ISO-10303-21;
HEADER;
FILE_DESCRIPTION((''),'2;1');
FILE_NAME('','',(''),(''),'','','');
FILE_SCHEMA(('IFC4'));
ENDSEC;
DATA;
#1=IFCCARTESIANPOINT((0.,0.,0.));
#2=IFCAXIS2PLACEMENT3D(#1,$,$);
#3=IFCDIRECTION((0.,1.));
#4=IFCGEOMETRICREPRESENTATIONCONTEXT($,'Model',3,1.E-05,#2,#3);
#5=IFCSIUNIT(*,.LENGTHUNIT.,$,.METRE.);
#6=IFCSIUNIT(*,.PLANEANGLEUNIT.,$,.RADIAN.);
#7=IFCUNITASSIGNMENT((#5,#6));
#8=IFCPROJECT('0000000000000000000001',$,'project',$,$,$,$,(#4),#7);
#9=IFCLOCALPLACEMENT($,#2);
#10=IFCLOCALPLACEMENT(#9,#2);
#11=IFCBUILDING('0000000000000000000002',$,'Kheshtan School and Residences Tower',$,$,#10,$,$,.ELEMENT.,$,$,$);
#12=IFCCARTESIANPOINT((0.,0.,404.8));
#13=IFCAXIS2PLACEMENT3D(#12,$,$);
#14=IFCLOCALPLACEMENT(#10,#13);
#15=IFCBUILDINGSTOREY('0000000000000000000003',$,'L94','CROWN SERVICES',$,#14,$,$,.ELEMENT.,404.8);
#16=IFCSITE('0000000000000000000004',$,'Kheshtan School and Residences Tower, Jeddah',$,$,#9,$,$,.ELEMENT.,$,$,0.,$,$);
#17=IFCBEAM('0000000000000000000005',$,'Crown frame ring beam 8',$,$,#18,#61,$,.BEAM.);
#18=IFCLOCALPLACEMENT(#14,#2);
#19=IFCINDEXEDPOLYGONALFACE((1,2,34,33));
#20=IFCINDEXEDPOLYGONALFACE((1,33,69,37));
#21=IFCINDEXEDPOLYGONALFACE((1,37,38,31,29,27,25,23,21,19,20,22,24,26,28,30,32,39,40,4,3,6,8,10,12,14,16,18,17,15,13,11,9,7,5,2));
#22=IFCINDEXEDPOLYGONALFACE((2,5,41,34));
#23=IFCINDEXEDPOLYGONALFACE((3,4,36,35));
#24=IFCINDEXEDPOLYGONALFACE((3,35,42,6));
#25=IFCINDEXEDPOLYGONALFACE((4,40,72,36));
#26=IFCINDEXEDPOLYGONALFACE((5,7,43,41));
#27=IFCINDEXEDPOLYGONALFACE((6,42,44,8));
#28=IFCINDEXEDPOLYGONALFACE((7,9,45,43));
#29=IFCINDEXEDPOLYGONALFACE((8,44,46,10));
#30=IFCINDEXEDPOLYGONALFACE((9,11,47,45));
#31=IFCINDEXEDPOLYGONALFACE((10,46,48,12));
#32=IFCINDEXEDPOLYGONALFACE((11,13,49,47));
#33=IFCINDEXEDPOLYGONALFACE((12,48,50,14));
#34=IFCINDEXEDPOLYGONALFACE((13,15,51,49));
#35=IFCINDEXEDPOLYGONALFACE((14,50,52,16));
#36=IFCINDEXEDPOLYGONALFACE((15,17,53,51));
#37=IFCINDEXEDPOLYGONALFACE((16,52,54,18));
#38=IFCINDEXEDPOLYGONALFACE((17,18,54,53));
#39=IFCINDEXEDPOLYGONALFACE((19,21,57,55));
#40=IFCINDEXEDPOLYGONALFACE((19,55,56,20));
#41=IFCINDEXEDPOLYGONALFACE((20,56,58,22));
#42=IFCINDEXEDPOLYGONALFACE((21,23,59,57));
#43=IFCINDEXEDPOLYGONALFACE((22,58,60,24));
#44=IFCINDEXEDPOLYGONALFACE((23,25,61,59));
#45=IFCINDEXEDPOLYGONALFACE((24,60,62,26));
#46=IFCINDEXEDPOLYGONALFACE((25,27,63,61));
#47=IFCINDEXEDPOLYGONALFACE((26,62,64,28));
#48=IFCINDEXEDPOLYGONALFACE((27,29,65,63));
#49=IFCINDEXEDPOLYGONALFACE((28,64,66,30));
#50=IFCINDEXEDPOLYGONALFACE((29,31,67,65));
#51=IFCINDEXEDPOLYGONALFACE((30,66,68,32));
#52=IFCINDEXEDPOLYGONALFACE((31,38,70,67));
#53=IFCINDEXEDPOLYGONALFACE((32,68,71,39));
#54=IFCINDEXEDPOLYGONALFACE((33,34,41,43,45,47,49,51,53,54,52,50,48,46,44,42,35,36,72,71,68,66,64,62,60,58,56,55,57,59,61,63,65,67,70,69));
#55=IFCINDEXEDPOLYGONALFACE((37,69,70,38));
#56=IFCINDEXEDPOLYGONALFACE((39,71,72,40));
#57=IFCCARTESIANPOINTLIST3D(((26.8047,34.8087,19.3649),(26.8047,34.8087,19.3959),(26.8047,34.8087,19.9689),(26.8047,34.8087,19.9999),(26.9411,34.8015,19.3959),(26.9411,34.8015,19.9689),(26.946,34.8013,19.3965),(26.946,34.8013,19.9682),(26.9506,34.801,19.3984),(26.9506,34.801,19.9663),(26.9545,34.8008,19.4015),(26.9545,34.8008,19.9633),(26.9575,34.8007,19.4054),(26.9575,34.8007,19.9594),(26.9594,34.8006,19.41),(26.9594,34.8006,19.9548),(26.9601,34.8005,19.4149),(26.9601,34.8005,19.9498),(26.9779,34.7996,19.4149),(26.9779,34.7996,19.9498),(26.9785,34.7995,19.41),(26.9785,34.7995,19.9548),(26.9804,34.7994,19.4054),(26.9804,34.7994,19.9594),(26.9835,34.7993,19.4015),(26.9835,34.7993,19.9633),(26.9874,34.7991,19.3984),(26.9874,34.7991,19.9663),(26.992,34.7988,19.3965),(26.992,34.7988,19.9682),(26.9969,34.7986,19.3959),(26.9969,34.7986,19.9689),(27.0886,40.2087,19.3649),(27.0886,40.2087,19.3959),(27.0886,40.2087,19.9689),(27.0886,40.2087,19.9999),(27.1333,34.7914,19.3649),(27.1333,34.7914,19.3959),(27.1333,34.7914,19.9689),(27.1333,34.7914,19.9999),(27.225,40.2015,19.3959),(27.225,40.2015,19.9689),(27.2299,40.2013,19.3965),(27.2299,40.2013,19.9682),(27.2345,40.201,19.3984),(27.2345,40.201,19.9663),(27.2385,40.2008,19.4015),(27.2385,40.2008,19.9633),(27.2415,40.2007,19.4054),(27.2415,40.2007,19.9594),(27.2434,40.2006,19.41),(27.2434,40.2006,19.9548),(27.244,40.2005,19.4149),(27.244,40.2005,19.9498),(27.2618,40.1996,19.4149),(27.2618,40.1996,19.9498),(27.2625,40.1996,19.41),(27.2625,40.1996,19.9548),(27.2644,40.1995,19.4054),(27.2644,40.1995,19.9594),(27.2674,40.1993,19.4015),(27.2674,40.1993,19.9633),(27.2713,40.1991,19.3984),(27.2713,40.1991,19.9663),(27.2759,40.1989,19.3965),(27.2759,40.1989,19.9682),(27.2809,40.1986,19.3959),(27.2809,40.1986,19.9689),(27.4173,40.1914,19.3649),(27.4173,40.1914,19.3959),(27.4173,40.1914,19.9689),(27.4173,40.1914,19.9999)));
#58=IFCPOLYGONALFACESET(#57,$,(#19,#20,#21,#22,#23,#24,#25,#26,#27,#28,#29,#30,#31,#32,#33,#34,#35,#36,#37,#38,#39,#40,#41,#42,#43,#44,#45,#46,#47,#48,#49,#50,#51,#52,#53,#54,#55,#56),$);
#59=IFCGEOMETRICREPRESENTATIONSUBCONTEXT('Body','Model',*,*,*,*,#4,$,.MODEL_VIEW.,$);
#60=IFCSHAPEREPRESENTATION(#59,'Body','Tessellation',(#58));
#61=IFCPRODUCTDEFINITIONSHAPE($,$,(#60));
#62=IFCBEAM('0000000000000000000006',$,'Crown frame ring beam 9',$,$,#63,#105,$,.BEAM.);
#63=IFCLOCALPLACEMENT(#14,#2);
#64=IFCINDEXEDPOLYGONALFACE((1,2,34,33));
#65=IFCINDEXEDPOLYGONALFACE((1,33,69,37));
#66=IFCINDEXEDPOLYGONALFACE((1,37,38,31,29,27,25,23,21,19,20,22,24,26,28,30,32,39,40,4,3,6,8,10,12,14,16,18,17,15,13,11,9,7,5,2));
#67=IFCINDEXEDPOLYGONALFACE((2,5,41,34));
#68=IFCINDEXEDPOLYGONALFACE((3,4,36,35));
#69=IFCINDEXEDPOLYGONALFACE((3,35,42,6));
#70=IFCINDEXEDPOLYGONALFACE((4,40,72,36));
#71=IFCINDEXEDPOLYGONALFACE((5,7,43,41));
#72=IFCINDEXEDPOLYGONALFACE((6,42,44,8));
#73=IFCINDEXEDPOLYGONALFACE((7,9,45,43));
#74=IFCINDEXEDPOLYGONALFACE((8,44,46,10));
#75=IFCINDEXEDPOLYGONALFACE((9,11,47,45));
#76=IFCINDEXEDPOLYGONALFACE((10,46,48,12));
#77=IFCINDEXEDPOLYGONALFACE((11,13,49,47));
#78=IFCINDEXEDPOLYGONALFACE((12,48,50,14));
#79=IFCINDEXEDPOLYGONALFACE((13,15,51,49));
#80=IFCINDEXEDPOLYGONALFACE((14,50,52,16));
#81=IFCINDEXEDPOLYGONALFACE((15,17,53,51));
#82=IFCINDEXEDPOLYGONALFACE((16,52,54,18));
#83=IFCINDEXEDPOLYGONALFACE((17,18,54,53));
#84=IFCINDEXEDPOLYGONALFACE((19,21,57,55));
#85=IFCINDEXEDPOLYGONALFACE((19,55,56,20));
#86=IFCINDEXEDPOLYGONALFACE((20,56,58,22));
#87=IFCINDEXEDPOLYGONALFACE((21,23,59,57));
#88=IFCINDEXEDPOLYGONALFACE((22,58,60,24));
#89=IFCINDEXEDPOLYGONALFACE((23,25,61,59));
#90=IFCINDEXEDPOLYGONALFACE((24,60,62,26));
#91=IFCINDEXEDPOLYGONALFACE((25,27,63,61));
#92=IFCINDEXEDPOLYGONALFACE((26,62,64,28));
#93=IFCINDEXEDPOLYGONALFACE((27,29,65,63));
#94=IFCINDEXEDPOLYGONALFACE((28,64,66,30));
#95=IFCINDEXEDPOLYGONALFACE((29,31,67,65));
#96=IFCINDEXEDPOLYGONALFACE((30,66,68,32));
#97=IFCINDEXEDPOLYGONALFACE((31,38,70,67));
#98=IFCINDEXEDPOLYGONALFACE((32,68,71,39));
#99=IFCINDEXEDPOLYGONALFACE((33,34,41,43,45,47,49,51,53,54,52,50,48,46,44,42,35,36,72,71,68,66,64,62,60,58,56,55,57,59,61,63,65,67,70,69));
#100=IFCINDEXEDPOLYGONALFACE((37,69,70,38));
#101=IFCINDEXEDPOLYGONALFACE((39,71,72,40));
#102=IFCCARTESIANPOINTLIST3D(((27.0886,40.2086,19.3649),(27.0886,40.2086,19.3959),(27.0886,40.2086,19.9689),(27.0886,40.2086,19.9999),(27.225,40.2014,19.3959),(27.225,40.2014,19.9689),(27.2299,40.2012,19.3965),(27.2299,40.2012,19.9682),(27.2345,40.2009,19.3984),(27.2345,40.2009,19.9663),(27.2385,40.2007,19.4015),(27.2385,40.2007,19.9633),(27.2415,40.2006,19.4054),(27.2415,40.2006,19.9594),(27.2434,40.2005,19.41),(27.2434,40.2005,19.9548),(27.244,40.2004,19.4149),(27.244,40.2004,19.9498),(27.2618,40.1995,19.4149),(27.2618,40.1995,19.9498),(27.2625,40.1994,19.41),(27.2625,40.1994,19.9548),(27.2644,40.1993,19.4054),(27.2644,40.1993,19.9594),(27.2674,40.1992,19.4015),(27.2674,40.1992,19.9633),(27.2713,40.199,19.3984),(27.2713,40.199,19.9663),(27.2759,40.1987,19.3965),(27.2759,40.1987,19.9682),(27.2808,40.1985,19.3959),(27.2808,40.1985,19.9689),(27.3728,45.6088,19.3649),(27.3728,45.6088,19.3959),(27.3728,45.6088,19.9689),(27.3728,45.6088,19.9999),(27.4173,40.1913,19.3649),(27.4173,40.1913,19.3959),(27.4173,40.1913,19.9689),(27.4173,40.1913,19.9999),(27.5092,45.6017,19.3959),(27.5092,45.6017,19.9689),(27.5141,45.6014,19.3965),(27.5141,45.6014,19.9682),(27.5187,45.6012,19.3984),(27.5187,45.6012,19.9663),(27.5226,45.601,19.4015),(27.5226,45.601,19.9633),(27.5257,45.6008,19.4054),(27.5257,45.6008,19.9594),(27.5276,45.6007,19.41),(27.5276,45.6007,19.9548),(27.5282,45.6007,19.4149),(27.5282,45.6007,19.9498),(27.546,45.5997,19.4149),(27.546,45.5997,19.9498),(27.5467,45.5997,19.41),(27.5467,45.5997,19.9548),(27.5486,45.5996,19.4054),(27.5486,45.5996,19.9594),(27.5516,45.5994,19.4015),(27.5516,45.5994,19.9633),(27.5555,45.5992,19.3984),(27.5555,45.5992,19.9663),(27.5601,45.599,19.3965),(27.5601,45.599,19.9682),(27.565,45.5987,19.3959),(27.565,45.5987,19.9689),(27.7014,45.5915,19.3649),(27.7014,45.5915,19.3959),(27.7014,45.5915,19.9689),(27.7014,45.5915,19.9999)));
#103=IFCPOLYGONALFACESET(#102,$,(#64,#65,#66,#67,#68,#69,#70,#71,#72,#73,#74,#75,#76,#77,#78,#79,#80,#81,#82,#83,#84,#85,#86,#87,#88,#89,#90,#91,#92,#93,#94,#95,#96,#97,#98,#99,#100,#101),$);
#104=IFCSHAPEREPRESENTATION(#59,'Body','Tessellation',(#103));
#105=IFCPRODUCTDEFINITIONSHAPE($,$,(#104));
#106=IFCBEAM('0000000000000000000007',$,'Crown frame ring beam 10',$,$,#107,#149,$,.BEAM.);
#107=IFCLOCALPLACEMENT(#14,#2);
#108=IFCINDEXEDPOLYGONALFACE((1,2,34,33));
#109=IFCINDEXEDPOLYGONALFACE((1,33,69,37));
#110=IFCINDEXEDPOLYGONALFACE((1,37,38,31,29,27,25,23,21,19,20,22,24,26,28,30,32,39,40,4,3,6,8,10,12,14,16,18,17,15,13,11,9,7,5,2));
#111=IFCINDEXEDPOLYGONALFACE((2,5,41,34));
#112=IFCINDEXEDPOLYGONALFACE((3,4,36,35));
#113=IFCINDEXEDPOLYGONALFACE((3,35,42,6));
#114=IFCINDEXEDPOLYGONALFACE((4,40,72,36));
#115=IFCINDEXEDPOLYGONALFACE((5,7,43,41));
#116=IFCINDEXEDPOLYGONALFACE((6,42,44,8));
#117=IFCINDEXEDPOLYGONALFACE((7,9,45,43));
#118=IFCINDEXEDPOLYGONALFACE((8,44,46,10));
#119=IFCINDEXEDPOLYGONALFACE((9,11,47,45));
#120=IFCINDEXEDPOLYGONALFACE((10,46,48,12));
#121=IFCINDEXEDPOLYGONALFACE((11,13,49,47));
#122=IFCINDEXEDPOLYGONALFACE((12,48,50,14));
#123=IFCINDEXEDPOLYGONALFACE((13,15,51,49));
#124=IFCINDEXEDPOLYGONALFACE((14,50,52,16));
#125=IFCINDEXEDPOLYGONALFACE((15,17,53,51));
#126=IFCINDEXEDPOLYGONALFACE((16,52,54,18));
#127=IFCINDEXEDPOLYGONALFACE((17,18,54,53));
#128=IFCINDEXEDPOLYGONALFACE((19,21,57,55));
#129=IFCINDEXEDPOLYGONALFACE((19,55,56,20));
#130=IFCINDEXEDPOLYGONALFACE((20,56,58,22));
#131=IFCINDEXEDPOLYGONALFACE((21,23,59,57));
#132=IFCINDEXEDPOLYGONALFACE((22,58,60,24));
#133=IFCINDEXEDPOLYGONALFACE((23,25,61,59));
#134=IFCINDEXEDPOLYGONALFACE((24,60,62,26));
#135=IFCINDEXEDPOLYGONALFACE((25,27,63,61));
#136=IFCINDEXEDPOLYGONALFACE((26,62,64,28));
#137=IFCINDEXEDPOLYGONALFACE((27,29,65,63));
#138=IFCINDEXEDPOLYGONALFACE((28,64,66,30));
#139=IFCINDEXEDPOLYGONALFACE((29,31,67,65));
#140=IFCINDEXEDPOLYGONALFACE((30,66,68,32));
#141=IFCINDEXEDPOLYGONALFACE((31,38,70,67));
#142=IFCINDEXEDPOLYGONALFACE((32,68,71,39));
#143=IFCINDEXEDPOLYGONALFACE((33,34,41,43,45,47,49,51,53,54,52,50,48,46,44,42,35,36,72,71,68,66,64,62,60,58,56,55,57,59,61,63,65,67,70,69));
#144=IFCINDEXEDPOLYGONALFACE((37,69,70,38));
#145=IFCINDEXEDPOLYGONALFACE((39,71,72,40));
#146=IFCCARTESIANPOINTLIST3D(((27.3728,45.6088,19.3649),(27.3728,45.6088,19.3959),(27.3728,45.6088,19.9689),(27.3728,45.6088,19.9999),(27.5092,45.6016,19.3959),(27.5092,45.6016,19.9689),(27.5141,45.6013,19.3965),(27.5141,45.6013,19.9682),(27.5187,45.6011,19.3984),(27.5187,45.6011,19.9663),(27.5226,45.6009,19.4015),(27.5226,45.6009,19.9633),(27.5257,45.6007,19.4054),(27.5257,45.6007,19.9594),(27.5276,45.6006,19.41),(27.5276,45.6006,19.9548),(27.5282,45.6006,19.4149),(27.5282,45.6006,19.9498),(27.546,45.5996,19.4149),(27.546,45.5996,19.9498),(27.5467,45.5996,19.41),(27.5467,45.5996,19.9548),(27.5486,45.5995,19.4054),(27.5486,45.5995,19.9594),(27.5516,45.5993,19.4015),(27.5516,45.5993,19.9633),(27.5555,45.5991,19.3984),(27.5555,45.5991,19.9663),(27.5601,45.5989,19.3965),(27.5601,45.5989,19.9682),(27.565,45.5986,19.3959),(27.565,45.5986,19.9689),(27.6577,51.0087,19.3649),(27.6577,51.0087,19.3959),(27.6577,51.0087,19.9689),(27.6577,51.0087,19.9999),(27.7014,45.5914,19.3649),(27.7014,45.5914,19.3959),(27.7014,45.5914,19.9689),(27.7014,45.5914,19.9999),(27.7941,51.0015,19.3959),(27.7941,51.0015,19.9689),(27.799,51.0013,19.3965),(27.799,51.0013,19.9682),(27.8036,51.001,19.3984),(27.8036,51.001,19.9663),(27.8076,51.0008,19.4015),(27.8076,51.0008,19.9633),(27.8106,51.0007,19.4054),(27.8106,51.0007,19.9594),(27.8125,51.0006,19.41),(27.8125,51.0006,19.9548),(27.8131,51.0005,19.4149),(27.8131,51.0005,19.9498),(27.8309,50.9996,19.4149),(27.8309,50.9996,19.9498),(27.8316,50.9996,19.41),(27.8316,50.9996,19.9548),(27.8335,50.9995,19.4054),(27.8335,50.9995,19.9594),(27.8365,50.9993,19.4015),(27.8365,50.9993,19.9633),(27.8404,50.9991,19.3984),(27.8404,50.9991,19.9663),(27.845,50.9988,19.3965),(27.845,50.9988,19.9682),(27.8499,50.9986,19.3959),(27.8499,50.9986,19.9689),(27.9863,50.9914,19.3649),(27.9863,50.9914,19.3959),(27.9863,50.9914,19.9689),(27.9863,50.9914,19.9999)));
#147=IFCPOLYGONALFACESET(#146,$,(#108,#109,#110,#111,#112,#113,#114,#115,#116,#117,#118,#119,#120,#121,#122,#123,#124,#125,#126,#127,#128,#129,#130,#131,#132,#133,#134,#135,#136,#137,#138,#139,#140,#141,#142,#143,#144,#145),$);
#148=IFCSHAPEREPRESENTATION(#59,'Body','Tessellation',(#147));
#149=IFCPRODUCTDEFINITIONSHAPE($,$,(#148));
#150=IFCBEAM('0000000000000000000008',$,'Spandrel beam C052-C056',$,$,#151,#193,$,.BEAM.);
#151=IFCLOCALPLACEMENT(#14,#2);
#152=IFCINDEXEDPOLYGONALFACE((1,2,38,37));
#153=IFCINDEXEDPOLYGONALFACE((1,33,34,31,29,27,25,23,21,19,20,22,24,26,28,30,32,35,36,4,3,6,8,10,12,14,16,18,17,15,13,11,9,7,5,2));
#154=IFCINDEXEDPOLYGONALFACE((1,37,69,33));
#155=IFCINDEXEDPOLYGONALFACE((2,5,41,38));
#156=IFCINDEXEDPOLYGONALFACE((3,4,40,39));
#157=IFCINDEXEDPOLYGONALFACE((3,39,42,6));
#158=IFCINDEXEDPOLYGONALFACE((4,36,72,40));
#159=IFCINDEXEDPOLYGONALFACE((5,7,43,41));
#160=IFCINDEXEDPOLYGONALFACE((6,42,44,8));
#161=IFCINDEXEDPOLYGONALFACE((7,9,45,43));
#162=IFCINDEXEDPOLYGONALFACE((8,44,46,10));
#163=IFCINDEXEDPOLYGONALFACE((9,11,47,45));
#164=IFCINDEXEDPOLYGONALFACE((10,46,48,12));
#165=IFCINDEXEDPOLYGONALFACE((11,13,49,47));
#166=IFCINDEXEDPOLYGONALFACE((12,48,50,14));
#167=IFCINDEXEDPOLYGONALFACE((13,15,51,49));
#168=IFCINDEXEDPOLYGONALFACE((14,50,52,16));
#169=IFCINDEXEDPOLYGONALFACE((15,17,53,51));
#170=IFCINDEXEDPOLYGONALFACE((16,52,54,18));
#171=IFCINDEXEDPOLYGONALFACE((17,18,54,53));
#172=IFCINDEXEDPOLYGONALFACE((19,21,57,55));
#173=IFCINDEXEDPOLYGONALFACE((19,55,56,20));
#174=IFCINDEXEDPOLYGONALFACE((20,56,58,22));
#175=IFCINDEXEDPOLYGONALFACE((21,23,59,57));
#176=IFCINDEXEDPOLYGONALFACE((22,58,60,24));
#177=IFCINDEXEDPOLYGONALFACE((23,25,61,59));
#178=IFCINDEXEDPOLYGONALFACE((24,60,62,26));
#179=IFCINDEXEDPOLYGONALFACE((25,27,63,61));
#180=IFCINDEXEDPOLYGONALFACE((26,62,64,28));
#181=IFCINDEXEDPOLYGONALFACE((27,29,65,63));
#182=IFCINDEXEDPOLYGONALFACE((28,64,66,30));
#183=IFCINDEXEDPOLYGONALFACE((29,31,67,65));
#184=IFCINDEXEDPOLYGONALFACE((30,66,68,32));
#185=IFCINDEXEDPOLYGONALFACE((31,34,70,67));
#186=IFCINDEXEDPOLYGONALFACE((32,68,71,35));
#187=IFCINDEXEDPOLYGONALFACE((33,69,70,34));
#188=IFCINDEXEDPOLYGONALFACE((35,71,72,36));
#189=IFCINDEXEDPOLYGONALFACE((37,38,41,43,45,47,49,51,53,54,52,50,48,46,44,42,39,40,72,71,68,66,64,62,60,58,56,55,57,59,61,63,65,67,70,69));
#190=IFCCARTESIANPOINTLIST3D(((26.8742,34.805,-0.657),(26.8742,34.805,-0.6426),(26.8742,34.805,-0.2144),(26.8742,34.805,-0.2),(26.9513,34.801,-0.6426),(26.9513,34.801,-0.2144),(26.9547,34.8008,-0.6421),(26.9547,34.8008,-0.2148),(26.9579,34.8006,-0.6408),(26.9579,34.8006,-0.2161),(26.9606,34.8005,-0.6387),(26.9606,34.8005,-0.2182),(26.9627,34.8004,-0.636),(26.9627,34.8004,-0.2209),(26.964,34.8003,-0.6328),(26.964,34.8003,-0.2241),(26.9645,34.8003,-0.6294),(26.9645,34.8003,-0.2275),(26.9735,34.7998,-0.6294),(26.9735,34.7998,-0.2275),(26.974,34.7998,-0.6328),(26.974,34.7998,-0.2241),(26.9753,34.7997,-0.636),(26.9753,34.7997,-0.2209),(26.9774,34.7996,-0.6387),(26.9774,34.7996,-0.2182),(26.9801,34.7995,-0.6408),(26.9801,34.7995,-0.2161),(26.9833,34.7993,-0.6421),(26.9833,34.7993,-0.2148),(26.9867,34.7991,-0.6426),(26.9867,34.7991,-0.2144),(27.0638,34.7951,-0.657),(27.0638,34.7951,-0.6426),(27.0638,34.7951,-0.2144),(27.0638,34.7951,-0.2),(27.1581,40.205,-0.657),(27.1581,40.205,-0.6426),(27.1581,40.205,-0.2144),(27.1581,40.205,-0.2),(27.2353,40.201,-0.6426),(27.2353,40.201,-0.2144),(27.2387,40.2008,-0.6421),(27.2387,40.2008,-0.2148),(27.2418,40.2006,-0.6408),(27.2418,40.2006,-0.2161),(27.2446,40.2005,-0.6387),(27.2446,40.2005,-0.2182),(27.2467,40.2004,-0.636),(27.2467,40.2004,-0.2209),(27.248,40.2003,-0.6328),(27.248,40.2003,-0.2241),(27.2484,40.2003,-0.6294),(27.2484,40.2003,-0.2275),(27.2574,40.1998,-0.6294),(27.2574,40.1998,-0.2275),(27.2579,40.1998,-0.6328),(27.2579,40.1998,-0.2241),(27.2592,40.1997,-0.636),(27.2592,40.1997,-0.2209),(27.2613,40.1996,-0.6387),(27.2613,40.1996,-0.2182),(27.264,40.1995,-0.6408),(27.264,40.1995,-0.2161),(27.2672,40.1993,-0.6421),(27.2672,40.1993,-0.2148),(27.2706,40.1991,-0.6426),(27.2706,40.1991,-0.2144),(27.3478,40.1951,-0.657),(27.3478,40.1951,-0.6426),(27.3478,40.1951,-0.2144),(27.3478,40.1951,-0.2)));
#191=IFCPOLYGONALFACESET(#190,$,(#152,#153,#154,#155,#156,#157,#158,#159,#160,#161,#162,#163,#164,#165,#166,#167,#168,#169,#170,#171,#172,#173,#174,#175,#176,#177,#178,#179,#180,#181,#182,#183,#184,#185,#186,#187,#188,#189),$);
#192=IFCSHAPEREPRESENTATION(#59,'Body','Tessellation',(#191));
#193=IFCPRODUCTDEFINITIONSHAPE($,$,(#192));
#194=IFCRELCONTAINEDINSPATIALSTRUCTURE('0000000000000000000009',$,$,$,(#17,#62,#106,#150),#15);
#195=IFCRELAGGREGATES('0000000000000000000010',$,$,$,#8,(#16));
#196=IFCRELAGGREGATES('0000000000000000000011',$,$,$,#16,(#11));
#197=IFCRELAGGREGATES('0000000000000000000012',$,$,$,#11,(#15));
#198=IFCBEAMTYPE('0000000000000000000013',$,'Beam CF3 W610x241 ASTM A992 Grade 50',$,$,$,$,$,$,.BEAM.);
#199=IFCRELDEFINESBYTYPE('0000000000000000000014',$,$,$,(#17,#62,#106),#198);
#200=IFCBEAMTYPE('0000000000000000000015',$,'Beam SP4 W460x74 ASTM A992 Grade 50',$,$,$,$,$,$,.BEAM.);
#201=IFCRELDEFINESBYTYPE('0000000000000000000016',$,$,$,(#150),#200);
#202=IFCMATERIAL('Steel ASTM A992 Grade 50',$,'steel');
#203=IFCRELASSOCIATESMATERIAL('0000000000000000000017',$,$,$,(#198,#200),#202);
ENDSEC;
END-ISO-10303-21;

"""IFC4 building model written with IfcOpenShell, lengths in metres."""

from ifc_helpers import new_model, si_unit, direction, frame, origin, origin_2d, place, context, subcontext, project, spatial, i_section, extrude, material, material_profile, profile_set, type_object, element, save


model = new_model("IFC4")

# Units and contexts
model_context = context("Model", 3, precision=1e-05, world=origin(), true_north=direction((0.0, 1.0)))
body_context = subcontext(model_context, "Body", "Model", "MODEL_VIEW")
ifc_project = project(units=[si_unit("LENGTHUNIT", "METRE"), si_unit("PLANEANGLEUNIT", "RADIAN")], contexts=[model_context])

# Site, building, storey
site_placement = place(None, origin())
site = spatial("IfcSite", under=ifc_project, at=site_placement, Name="Kheshtan School and Residences Tower, Jeddah", CompositionType="ELEMENT", RefElevation=0.0)
building_placement = place(site_placement, origin())
building = spatial("IfcBuilding", under=site, at=building_placement, Name="Kheshtan School and Residences Tower", CompositionType="ELEMENT")
storey_placement = place(building_placement, frame((0.0, 0.0, 404.8)))
storey = spatial("IfcBuildingStorey", under=building, at=storey_placement, Name="L94", Description="CROWN SERVICES", CompositionType="ELEMENT", Elevation=404.8)

# Beams
ifc_material_1 = material(Name="Steel ASTM A992 Grade 50", Category="steel")
ifc_material_profile_1 = material_profile(ifc_material_1, i_section(OverallWidth=0.3291, OverallDepth=0.635, WebThickness=0.0178, FlangeThickness=0.031, FilletRadius=0.019, at=origin_2d()), Name="W610x241")
ifc_profile_set_1 = profile_set([ifc_material_profile_1], Name="Steel ASTM A992 Grade 50")
beam_type_1 = type_object("IfcBeamType", Name="Beam CF3 W610x241 ASTM A992 Grade 50", PredefinedType="BEAM", material=ifc_profile_set_1)
beam_1_placement = place(storey_placement, frame((26.969, 34.8, 19.6824), z_axis=(0.052509, 0.99862, 0.0), x_axis=(-0.99862, 0.052509, 0.0)))
element("IfcBeam", 1, at=beam_1_placement, inside=storey, type_object=beam_type_1, Name="Crown frame ring beam 8", PredefinedType="BEAM", context=body_context, shape_type="SweptSolid", body=[
    extrude(i_section(OverallWidth=0.3291, OverallDepth=0.635, WebThickness=0.0178, FlangeThickness=0.031, FilletRadius=0.019, at=origin_2d()), origin(), (0.0, 0.0, 1.0), 5.4075),
])
beam_2_placement = place(storey_placement, frame((27.2529, 40.2, 19.6824), z_axis=(0.052552, 0.998618, 0.0), x_axis=(-0.998618, 0.052552, 0.0)))
element("IfcBeam", 2, at=beam_2_placement, inside=storey, type_object=beam_type_1, Name="Crown frame ring beam 9", PredefinedType="BEAM", context=body_context, shape_type="SweptSolid", body=[
    extrude(i_section(OverallWidth=0.3291, OverallDepth=0.635, WebThickness=0.0178, FlangeThickness=0.031, FilletRadius=0.019, at=origin_2d()), origin(), (0.0, 0.0, 1.0), 5.4077),
])
beam_3_placement = place(storey_placement, frame((27.5371, 45.6001, 19.6824), z_axis=(0.052689, 0.998611, 0.0), x_axis=(-0.998611, 0.052689, 0.0)))
element("IfcBeam", 3, at=beam_3_placement, inside=storey, type_object=beam_type_1, Name="Crown frame ring beam 10", PredefinedType="BEAM", context=body_context, shape_type="SweptSolid", body=[
    extrude(i_section(OverallWidth=0.3291, OverallDepth=0.635, WebThickness=0.0178, FlangeThickness=0.031, FilletRadius=0.019, at=origin_2d()), origin(), (0.0, 0.0, 1.0), 5.4075),
])
ifc_material_profile_2 = material_profile(ifc_material_1, i_section(OverallWidth=0.1899, OverallDepth=0.457, WebThickness=0.009, FlangeThickness=0.0144, FilletRadius=0.0132, at=origin_2d()), Name="W460x74")
ifc_profile_set_2 = profile_set([ifc_material_profile_2], Name="Steel ASTM A992 Grade 50")
beam_type_2 = type_object("IfcBeamType", Name="Beam SP4 W460x74 ASTM A992 Grade 50", PredefinedType="BEAM", material=ifc_profile_set_2)
beam_4_placement = place(storey_placement, frame((26.969, 34.8, -0.4285), z_axis=(0.052509, 0.99862, 0.0), x_axis=(-0.99862, 0.052509, 0.0)))
element("IfcBeam", 4, at=beam_4_placement, inside=storey, type_object=beam_type_2, Name="Spandrel beam C052-C056", PredefinedType="BEAM", context=body_context, shape_type="SweptSolid", body=[
    extrude(i_section(OverallWidth=0.1899, OverallDepth=0.457, WebThickness=0.009, FlangeThickness=0.0144, FilletRadius=0.0132, at=origin_2d()), origin(), (0.0, 0.0, 1.0), 5.4075),
])

save(model, "model.ifc")
